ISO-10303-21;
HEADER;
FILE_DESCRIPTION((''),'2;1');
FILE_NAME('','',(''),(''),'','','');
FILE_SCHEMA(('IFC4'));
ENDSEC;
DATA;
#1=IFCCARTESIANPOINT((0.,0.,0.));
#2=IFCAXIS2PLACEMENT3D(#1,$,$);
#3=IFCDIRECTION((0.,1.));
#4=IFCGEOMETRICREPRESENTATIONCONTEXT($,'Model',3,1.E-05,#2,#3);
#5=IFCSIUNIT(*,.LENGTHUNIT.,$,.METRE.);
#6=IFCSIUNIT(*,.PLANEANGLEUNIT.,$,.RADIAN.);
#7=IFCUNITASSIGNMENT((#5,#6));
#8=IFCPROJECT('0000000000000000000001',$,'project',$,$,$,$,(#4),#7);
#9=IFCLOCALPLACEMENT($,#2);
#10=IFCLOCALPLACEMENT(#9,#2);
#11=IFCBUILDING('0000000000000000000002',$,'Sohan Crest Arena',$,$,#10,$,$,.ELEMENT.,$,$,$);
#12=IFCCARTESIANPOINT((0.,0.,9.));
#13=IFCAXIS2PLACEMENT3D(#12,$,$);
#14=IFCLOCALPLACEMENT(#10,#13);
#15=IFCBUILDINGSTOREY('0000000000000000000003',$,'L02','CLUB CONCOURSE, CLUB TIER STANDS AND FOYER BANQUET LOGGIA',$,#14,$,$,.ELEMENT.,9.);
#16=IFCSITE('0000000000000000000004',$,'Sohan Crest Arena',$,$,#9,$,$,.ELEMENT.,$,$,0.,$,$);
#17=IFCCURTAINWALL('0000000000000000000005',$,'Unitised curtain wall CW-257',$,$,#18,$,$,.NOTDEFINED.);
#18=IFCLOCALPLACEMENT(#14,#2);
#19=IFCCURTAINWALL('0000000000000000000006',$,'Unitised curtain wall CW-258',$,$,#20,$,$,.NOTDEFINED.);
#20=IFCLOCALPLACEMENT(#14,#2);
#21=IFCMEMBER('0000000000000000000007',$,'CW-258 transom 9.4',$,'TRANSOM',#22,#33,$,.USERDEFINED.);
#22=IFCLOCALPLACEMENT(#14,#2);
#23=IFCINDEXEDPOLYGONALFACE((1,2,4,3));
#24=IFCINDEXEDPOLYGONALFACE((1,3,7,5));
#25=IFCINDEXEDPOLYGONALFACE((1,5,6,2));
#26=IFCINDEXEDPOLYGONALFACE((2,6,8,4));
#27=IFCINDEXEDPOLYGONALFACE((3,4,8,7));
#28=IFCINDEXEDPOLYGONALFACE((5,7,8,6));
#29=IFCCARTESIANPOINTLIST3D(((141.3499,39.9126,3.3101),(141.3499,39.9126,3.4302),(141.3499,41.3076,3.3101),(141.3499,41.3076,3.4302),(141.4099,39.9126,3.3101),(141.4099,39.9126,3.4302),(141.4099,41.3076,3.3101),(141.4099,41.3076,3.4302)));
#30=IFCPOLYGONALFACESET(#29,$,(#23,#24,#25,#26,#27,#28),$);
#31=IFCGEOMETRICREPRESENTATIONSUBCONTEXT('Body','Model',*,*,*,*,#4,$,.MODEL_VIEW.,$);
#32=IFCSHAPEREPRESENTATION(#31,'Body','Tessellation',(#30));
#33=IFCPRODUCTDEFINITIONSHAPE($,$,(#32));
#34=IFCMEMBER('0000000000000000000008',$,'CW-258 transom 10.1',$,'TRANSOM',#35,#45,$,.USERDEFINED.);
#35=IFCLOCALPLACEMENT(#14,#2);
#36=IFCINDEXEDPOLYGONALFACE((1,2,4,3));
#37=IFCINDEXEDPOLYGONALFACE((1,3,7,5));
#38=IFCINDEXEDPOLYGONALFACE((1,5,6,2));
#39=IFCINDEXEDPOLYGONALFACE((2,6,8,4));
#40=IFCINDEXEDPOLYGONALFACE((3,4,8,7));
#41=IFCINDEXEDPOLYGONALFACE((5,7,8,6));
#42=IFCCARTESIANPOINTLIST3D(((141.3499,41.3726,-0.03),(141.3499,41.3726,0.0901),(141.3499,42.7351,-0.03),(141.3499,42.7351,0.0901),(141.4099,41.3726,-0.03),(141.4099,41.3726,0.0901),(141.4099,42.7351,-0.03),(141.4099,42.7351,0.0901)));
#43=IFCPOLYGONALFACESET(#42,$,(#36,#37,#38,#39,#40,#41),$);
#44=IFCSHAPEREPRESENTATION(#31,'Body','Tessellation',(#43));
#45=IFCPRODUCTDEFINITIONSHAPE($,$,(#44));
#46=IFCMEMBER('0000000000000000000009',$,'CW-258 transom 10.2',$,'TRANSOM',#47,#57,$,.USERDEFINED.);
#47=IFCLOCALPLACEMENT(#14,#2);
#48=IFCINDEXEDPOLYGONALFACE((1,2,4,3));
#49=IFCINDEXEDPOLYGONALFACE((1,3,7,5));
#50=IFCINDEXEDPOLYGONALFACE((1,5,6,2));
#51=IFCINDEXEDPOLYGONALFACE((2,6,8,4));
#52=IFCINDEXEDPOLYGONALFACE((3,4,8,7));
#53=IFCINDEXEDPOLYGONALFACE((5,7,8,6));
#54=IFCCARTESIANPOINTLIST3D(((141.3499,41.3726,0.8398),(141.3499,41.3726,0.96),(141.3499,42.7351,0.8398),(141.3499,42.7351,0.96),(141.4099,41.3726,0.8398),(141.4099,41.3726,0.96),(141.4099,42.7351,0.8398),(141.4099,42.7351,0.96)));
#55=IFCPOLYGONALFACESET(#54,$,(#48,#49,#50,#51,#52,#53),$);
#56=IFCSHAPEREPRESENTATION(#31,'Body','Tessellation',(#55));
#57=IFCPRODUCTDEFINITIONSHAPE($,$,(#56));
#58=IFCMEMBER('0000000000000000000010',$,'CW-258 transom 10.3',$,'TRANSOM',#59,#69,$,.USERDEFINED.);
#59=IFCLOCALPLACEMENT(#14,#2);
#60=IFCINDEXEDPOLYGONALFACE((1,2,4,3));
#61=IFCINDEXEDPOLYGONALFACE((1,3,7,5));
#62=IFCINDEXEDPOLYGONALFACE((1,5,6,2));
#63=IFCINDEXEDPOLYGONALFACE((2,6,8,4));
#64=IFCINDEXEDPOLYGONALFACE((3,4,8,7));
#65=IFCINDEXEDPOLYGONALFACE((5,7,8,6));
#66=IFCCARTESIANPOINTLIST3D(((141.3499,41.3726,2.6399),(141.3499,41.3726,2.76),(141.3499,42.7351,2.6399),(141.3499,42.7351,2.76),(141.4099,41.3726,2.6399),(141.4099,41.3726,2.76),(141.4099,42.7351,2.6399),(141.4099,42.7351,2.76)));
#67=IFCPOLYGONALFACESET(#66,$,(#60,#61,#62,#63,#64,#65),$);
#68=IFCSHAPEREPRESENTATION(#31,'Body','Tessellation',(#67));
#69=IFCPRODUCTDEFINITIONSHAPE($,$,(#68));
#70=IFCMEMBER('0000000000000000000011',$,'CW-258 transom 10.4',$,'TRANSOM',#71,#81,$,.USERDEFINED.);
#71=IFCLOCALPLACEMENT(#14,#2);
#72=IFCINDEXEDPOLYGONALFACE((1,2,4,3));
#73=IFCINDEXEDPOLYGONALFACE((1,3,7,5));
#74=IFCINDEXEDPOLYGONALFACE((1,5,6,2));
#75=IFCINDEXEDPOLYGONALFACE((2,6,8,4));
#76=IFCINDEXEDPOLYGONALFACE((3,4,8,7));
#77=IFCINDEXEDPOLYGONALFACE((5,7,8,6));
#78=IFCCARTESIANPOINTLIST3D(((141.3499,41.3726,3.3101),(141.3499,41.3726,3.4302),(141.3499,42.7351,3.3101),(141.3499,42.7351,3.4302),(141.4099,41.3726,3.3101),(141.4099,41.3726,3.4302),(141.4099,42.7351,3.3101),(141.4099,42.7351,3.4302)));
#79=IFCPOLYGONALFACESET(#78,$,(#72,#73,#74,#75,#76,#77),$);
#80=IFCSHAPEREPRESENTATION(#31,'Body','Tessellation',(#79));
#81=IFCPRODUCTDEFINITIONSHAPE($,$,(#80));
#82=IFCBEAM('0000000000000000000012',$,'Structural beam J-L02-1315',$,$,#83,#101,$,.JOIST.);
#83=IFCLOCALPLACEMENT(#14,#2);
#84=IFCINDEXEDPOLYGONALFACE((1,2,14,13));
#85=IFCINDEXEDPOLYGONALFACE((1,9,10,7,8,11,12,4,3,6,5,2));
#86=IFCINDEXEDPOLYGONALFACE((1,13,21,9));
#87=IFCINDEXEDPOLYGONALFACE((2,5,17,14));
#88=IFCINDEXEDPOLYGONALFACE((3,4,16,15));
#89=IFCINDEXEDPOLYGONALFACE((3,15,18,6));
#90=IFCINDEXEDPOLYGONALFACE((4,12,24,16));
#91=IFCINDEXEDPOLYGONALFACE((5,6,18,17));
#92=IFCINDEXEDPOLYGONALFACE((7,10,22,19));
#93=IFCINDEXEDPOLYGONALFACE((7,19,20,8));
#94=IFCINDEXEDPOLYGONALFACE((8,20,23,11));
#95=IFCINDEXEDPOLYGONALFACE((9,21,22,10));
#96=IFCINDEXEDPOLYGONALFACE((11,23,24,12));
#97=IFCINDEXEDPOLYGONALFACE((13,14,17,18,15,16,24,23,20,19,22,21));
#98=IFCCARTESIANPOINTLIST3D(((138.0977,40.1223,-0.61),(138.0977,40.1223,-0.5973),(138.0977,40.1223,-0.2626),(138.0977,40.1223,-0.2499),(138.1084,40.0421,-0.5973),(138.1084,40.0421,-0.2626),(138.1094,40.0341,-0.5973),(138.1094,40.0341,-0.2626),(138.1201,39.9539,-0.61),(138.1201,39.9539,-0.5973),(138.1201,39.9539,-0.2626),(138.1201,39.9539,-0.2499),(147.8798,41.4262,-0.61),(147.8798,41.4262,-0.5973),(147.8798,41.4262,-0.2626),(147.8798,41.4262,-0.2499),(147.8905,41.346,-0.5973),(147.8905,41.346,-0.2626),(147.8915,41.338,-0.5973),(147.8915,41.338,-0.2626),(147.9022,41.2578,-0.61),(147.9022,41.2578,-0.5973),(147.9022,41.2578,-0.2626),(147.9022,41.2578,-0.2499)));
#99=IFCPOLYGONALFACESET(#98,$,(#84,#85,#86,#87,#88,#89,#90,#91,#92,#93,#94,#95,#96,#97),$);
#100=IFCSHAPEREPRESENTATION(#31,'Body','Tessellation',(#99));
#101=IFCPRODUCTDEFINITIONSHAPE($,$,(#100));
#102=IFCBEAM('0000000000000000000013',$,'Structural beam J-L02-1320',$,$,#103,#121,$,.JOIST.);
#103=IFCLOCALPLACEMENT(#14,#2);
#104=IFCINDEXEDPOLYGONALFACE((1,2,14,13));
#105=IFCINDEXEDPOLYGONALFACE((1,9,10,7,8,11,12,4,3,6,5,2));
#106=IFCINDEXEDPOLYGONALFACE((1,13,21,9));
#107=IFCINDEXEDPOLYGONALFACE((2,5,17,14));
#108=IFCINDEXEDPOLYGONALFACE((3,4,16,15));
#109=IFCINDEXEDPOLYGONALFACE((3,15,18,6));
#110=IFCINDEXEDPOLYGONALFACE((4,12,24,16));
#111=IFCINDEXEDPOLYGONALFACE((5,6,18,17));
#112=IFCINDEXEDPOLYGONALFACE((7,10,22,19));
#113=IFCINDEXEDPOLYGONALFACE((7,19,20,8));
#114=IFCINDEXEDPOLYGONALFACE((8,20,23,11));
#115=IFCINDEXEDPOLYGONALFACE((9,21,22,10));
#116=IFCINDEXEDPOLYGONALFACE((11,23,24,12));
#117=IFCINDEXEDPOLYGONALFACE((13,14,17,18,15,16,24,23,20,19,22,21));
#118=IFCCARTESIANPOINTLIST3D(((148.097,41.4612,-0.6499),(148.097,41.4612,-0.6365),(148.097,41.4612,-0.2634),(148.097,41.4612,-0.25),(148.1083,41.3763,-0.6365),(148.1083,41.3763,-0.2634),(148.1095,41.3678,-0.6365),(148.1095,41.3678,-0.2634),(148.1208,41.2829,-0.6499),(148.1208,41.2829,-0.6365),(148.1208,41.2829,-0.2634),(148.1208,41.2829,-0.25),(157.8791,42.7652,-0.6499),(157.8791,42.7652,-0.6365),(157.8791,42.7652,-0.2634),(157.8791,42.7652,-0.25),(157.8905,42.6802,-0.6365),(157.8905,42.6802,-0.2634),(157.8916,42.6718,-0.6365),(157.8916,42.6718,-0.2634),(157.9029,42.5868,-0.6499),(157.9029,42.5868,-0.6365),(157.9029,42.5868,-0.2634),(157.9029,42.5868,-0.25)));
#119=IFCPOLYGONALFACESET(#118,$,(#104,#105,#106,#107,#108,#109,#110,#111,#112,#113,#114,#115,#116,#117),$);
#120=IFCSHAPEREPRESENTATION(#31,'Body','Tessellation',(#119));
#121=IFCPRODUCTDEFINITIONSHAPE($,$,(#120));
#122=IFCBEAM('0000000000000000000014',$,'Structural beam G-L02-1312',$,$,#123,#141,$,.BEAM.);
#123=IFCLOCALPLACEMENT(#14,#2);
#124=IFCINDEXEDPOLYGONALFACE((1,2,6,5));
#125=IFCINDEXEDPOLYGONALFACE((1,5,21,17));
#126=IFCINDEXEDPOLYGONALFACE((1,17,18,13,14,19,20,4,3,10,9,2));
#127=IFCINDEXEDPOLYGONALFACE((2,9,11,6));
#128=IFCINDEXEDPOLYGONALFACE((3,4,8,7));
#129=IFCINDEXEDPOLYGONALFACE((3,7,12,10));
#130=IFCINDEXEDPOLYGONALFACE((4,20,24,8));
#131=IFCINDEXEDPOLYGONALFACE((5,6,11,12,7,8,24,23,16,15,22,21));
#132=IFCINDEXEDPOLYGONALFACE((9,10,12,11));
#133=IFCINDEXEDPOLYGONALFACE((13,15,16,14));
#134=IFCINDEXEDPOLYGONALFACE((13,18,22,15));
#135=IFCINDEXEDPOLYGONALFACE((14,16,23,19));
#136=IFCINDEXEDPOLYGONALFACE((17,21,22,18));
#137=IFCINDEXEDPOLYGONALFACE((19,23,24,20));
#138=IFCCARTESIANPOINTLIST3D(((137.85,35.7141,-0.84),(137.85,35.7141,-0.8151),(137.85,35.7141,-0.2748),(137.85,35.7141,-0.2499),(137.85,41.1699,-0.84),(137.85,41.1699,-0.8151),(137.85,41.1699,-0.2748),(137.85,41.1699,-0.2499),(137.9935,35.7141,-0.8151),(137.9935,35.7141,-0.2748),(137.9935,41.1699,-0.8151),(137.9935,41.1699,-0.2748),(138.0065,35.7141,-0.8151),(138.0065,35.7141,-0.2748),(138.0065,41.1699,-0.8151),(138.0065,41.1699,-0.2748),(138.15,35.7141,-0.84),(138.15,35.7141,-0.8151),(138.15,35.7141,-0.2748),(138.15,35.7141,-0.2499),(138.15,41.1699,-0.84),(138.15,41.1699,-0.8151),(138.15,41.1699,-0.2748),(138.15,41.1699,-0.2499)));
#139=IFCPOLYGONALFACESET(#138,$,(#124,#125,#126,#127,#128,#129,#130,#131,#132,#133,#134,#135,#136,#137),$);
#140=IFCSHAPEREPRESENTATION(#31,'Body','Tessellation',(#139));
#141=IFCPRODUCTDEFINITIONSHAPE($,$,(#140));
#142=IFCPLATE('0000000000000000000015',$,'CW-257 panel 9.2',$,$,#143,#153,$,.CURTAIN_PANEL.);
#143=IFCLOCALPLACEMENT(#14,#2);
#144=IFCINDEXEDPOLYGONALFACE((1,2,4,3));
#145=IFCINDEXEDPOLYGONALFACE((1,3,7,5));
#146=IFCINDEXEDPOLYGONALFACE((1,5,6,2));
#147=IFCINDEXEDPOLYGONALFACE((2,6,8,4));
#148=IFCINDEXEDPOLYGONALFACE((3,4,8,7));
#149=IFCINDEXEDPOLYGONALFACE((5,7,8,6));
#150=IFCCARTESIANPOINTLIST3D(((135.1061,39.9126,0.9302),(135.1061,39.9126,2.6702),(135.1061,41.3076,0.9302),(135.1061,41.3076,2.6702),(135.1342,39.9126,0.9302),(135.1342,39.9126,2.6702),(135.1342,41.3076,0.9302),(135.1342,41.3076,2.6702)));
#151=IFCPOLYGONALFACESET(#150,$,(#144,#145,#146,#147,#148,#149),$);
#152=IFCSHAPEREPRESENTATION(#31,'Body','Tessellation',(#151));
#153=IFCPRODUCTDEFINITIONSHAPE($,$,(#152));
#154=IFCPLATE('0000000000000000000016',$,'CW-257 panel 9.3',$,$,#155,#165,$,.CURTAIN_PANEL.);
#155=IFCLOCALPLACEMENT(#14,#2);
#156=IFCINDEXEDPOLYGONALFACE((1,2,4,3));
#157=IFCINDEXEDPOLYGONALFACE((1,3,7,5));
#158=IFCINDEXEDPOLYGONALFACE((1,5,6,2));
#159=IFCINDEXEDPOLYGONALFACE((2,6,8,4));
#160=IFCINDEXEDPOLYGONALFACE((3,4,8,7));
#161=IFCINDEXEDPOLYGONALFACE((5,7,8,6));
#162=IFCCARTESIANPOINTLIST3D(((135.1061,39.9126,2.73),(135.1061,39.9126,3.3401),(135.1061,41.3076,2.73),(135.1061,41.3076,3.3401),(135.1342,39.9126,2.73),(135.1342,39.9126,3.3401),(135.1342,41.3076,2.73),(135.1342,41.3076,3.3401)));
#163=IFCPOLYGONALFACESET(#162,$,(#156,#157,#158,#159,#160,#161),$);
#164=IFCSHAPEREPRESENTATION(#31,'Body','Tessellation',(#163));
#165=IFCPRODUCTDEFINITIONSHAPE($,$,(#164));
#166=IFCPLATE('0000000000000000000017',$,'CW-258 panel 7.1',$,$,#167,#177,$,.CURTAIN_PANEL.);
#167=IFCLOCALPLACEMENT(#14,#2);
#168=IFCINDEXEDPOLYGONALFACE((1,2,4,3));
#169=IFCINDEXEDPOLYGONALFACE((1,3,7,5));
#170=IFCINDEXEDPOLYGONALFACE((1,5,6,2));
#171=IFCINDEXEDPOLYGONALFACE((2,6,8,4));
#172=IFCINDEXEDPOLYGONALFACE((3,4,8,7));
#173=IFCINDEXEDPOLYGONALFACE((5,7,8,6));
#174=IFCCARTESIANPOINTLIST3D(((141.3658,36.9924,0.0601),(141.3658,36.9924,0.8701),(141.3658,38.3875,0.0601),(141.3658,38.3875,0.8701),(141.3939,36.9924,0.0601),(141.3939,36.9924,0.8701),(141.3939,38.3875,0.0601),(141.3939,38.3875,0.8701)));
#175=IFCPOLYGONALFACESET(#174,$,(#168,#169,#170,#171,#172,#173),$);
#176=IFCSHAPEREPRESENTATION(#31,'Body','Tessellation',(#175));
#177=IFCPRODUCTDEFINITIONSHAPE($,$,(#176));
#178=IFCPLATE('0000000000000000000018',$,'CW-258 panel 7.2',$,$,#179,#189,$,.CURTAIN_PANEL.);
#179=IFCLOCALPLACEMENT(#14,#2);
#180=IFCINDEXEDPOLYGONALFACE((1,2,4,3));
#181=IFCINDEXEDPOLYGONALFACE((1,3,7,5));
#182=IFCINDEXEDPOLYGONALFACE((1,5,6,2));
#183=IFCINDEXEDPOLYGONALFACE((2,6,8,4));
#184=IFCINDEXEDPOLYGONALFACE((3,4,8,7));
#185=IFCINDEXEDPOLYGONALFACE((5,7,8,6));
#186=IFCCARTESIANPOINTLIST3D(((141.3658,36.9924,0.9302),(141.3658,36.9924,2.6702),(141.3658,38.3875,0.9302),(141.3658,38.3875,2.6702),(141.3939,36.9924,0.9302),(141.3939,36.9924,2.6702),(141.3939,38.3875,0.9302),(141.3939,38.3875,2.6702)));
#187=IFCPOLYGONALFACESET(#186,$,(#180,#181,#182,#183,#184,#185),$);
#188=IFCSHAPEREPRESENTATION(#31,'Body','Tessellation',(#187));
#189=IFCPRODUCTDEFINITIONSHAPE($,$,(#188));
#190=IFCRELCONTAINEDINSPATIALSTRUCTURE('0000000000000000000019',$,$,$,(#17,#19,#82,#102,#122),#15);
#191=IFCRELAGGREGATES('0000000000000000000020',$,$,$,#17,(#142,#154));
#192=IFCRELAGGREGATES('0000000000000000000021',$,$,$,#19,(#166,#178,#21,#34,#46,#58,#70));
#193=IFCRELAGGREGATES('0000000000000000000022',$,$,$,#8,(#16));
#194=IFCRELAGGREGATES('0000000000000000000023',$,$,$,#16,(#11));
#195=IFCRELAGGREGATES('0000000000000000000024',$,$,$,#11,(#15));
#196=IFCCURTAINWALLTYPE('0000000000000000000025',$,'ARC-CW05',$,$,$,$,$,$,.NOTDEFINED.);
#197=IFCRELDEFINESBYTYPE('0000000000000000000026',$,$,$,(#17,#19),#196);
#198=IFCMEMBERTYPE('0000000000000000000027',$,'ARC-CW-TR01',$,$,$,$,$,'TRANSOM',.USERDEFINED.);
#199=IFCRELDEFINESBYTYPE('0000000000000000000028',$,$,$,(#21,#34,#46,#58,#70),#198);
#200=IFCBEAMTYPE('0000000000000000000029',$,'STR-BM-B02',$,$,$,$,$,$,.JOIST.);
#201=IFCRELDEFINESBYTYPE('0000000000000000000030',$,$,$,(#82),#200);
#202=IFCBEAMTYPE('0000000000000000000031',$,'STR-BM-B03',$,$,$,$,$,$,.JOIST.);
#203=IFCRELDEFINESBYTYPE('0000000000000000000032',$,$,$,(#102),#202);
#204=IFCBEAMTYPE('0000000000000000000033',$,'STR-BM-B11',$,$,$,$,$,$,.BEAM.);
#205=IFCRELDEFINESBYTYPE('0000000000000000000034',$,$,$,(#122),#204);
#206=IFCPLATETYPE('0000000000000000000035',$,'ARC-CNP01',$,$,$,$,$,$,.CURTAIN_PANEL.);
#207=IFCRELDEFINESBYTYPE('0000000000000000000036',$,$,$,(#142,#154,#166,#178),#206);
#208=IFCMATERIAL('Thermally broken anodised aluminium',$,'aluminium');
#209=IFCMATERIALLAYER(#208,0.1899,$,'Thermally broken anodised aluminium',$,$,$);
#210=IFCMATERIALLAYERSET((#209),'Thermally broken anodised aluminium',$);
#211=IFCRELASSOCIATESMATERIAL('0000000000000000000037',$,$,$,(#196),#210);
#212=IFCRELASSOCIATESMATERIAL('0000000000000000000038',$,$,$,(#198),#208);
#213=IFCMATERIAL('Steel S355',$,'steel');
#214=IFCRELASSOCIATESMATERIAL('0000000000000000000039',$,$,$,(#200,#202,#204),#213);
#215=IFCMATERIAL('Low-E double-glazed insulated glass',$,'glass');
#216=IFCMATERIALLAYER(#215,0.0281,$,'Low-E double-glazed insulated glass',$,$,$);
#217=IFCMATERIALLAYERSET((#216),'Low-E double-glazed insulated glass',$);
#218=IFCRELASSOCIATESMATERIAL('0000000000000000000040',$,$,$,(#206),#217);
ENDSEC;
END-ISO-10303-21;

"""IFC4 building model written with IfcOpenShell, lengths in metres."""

from ifc_helpers import new_model, si_unit, direction, frame, origin, origin_2d, place, context, subcontext, project, spatial, rectangle, i_section, extrude, material, layer, layer_set, material_profile, profile_set, type_object, element, aggregate, save


model = new_model("IFC4")

# Units and contexts
model_context = context("Model", 3, precision=1e-05, world=origin(), true_north=direction((0.0, 1.0)))
body_context = subcontext(model_context, "Body", "Model", "MODEL_VIEW")
ifc_project = project(units=[si_unit("LENGTHUNIT", "METRE"), si_unit("PLANEANGLEUNIT", "RADIAN")], contexts=[model_context])

# Site, building, storey
site_placement = place(None, origin())
site = spatial("IfcSite", under=ifc_project, at=site_placement, Name="Sohan Crest Arena", CompositionType="ELEMENT", RefElevation=0.0)
building_placement = place(site_placement, origin())
building = spatial("IfcBuilding", under=site, at=building_placement, Name="Sohan Crest Arena", CompositionType="ELEMENT")
storey_placement = place(building_placement, frame((0.0, 0.0, 9.0)))
storey = spatial("IfcBuildingStorey", under=building, at=storey_placement, Name="L02", Description="CLUB CONCOURSE, CLUB TIER STANDS AND FOYER BANQUET LOGGIA", CompositionType="ELEMENT", Elevation=9.0)

# Curtain wall
ifc_material_1 = material(Name="Thermally broken anodised aluminium", Category="aluminium")
ifc_layer_1 = layer(ifc_material_1, 0.1899, Name="Thermally broken anodised aluminium")
ifc_layer_set_1 = layer_set([ifc_layer_1], Name="Thermally broken anodised aluminium")
curtain_wall_type = type_object("IfcCurtainWallType", Name="ARC-CW05", PredefinedType="NOTDEFINED", material=ifc_layer_set_1)
curtain_wall_1_placement = place(storey_placement, origin())
curtain_wall_1 = element("IfcCurtainWall", 1, at=curtain_wall_1_placement, inside=storey, type_object=curtain_wall_type, Name="Unitised curtain wall CW-257", PredefinedType="NOTDEFINED")

# Curtain wall
curtain_wall_2_placement = place(storey_placement, origin())
curtain_wall_2 = element("IfcCurtainWall", 2, at=curtain_wall_2_placement, inside=storey, type_object=curtain_wall_type, Name="Unitised curtain wall CW-258", PredefinedType="NOTDEFINED")

# Members
ifc_material_profile_1 = material_profile(ifc_material_1, rectangle(XDim=0.0601, YDim=0.1201, at=origin_2d()), Name="ALU-TRAN 60x120")
ifc_profile_set_1 = profile_set([ifc_material_profile_1], Name="Thermally broken anodised aluminium")
member_type_1 = type_object("IfcMemberType", Name="ARC-CW-TR01", ElementType="TRANSOM", PredefinedType="USERDEFINED", material=ifc_profile_set_1)
member_1_placement = place(storey_placement, frame((141.3799, 39.9126, 3.3701), z_axis=(0.0, 1.0, 0.0), x_axis=(-1.0, 0.0, 0.0)))
member_1 = element("IfcMember", 3, at=member_1_placement, type_object=member_type_1, Name="CW-258 transom 9.4", ObjectType="TRANSOM", PredefinedType="USERDEFINED", context=body_context, shape_type="SweptSolid", body=[
    extrude(rectangle(XDim=0.0601, YDim=0.1201, at=origin_2d()), origin(), (0.0, 0.0, 1.0), 1.395),
])
member_2_placement = place(storey_placement, frame((141.3799, 41.3726, 0.03), z_axis=(0.0, 1.0, 0.0), x_axis=(-1.0, 0.0, 0.0)))
member_2 = element("IfcMember", 4, at=member_2_placement, type_object=member_type_1, Name="CW-258 transom 10.1", ObjectType="TRANSOM", PredefinedType="USERDEFINED", context=body_context, shape_type="SweptSolid", body=[
    extrude(rectangle(XDim=0.0601, YDim=0.1201, at=origin_2d()), origin(), (0.0, 0.0, 1.0), 1.3625),
])
member_3_placement = place(storey_placement, frame((141.3799, 41.3726, 0.8999), z_axis=(0.0, 1.0, 0.0), x_axis=(-1.0, 0.0, 0.0)))
member_3 = element("IfcMember", 5, at=member_3_placement, type_object=member_type_1, Name="CW-258 transom 10.2", ObjectType="TRANSOM", PredefinedType="USERDEFINED", context=body_context, shape_type="SweptSolid", body=[
    extrude(rectangle(XDim=0.0601, YDim=0.1201, at=origin_2d()), origin(), (0.0, 0.0, 1.0), 1.3625),
])
member_4_placement = place(storey_placement, frame((141.3799, 41.3726, 2.7), z_axis=(0.0, 1.0, 0.0), x_axis=(-1.0, 0.0, 0.0)))
member_4 = element("IfcMember", 6, at=member_4_placement, type_object=member_type_1, Name="CW-258 transom 10.3", ObjectType="TRANSOM", PredefinedType="USERDEFINED", context=body_context, shape_type="SweptSolid", body=[
    extrude(rectangle(XDim=0.0601, YDim=0.1201, at=origin_2d()), origin(), (0.0, 0.0, 1.0), 1.3625),
])
member_5_placement = place(storey_placement, frame((141.3799, 41.3726, 3.3701), z_axis=(0.0, 1.0, 0.0), x_axis=(-1.0, 0.0, 0.0)))
member_5 = element("IfcMember", 7, at=member_5_placement, type_object=member_type_1, Name="CW-258 transom 10.4", ObjectType="TRANSOM", PredefinedType="USERDEFINED", context=body_context, shape_type="SweptSolid", body=[
    extrude(rectangle(XDim=0.0601, YDim=0.1201, at=origin_2d()), origin(), (0.0, 0.0, 1.0), 1.3625),
])

# Beams
ifc_material_2 = material(Name="Steel S355", Category="steel")
ifc_material_profile_2 = material_profile(ifc_material_2, i_section(OverallWidth=0.1699, OverallDepth=0.3601, WebThickness=0.0081, FlangeThickness=0.0127, at=origin_2d()), Name="IPE 360")
ifc_profile_set_2 = profile_set([ifc_material_profile_2], Name="Steel S355")
beam_type_1 = type_object("IfcBeamType", Name="STR-BM-B02", PredefinedType="JOIST", material=ifc_profile_set_2)
beam_1_placement = place(storey_placement, frame((138.1089, 40.0381, -0.4299), z_axis=(0.991232, 0.13213, 0.0), x_axis=(-0.13213, 0.991232, 0.0)))
element("IfcBeam", 8, at=beam_1_placement, inside=storey, type_object=beam_type_1, Name="Structural beam J-L02-1315", PredefinedType="JOIST", context=body_context, shape_type="SweptSolid", body=[
    extrude(i_section(OverallWidth=0.1699, OverallDepth=0.3601, WebThickness=0.0081, FlangeThickness=0.0127, at=origin_2d()), origin(), (0.0, 0.0, 1.0), 9.8687),
])
ifc_material_profile_3 = material_profile(ifc_material_2, i_section(OverallWidth=0.1799, OverallDepth=0.3999, WebThickness=0.0085, FlangeThickness=0.0134, at=origin_2d()), Name="IPE 400")
ifc_profile_set_3 = profile_set([ifc_material_profile_3], Name="Steel S355")
beam_type_2 = type_object("IfcBeamType", Name="STR-BM-B03", PredefinedType="JOIST", material=ifc_profile_set_3)
beam_2_placement = place(storey_placement, frame((148.1089, 41.3721, -0.45), z_axis=(0.991232, 0.13213, 0.0), x_axis=(-0.13213, 0.991232, 0.0)))
element("IfcBeam", 9, at=beam_2_placement, inside=storey, type_object=beam_type_2, Name="Structural beam J-L02-1320", PredefinedType="JOIST", context=body_context, shape_type="SweptSolid", body=[
    extrude(i_section(OverallWidth=0.1799, OverallDepth=0.3999, WebThickness=0.0085, FlangeThickness=0.0134, at=origin_2d()), origin(), (0.0, 0.0, 1.0), 9.8687),
])
ifc_material_profile_4 = material_profile(ifc_material_2, i_section(OverallWidth=0.3, OverallDepth=0.5901, WebThickness=0.0129, FlangeThickness=0.0249, at=origin_2d()), Name="HEA 600")
ifc_profile_set_4 = profile_set([ifc_material_profile_4], Name="Steel S355")
beam_type_3 = type_object("IfcBeamType", Name="STR-BM-B11", PredefinedType="BEAM", material=ifc_profile_set_4)
beam_3_placement = place(storey_placement, frame((138.0, 41.1699, -0.5449), z_axis=(0.0, -1.0, 0.0), x_axis=(1.0, 0.0, 0.0)))
element("IfcBeam", 10, at=beam_3_placement, inside=storey, type_object=beam_type_3, Name="Structural beam G-L02-1312", PredefinedType="BEAM", context=body_context, shape_type="SweptSolid", body=[
    extrude(i_section(OverallWidth=0.3, OverallDepth=0.5901, WebThickness=0.0129, FlangeThickness=0.0249, at=origin_2d()), origin(), (0.0, 0.0, 1.0), 5.4558),
])

# Plates
ifc_material_3 = material(Name="Low-E double-glazed insulated glass", Category="glass")
ifc_layer_2 = layer(ifc_material_3, 0.0281, Name="Low-E double-glazed insulated glass")
ifc_layer_set_2 = layer_set([ifc_layer_2], Name="Low-E double-glazed insulated glass")
plate_type = type_object("IfcPlateType", Name="ARC-CNP01", PredefinedType="CURTAIN_PANEL", material=ifc_layer_set_2)
plate_1_placement = place(storey_placement, frame((135.1201, 40.6101, 0.9302), z_axis=(0.0, 0.0, 1.0), x_axis=(0.0, 1.0, 0.0)))
plate_1 = element("IfcPlate", 11, at=plate_1_placement, type_object=plate_type, Name="CW-257 panel 9.2", PredefinedType="CURTAIN_PANEL", context=body_context, shape_type="SweptSolid", body=[
    extrude(rectangle(XDim=1.395, YDim=0.0281, at=origin_2d()), origin(), (0.0, 0.0, 1.0), 1.74),
])
plate_2_placement = place(storey_placement, frame((135.1201, 40.6101, 2.73), z_axis=(0.0, 0.0, 1.0), x_axis=(0.0, 1.0, 0.0)))
plate_2 = element("IfcPlate", 12, at=plate_2_placement, type_object=plate_type, Name="CW-257 panel 9.3", PredefinedType="CURTAIN_PANEL", context=body_context, shape_type="SweptSolid", body=[
    extrude(rectangle(XDim=1.395, YDim=0.0281, at=origin_2d()), origin(), (0.0, 0.0, 1.0), 0.6101),
])
aggregate(curtain_wall_1, [plate_1, plate_2])
plate_3_placement = place(storey_placement, frame((141.3799, 37.6899, 0.0601), z_axis=(0.0, 0.0, 1.0), x_axis=(0.0, 1.0, 0.0)))
plate_3 = element("IfcPlate", 13, at=plate_3_placement, type_object=plate_type, Name="CW-258 panel 7.1", PredefinedType="CURTAIN_PANEL", context=body_context, shape_type="SweptSolid", body=[
    extrude(rectangle(XDim=1.395, YDim=0.0281, at=origin_2d()), origin(), (0.0, 0.0, 1.0), 0.8101),
])
plate_4_placement = place(storey_placement, frame((141.3799, 37.6899, 0.9302), z_axis=(0.0, 0.0, 1.0), x_axis=(0.0, 1.0, 0.0)))
plate_4 = element("IfcPlate", 14, at=plate_4_placement, type_object=plate_type, Name="CW-258 panel 7.2", PredefinedType="CURTAIN_PANEL", context=body_context, shape_type="SweptSolid", body=[
    extrude(rectangle(XDim=1.395, YDim=0.0281, at=origin_2d()), origin(), (0.0, 0.0, 1.0), 1.74),
])
aggregate(curtain_wall_2, [plate_3, plate_4, member_1, member_2, member_3, member_4, member_5])

save(model, "model.ifc")
